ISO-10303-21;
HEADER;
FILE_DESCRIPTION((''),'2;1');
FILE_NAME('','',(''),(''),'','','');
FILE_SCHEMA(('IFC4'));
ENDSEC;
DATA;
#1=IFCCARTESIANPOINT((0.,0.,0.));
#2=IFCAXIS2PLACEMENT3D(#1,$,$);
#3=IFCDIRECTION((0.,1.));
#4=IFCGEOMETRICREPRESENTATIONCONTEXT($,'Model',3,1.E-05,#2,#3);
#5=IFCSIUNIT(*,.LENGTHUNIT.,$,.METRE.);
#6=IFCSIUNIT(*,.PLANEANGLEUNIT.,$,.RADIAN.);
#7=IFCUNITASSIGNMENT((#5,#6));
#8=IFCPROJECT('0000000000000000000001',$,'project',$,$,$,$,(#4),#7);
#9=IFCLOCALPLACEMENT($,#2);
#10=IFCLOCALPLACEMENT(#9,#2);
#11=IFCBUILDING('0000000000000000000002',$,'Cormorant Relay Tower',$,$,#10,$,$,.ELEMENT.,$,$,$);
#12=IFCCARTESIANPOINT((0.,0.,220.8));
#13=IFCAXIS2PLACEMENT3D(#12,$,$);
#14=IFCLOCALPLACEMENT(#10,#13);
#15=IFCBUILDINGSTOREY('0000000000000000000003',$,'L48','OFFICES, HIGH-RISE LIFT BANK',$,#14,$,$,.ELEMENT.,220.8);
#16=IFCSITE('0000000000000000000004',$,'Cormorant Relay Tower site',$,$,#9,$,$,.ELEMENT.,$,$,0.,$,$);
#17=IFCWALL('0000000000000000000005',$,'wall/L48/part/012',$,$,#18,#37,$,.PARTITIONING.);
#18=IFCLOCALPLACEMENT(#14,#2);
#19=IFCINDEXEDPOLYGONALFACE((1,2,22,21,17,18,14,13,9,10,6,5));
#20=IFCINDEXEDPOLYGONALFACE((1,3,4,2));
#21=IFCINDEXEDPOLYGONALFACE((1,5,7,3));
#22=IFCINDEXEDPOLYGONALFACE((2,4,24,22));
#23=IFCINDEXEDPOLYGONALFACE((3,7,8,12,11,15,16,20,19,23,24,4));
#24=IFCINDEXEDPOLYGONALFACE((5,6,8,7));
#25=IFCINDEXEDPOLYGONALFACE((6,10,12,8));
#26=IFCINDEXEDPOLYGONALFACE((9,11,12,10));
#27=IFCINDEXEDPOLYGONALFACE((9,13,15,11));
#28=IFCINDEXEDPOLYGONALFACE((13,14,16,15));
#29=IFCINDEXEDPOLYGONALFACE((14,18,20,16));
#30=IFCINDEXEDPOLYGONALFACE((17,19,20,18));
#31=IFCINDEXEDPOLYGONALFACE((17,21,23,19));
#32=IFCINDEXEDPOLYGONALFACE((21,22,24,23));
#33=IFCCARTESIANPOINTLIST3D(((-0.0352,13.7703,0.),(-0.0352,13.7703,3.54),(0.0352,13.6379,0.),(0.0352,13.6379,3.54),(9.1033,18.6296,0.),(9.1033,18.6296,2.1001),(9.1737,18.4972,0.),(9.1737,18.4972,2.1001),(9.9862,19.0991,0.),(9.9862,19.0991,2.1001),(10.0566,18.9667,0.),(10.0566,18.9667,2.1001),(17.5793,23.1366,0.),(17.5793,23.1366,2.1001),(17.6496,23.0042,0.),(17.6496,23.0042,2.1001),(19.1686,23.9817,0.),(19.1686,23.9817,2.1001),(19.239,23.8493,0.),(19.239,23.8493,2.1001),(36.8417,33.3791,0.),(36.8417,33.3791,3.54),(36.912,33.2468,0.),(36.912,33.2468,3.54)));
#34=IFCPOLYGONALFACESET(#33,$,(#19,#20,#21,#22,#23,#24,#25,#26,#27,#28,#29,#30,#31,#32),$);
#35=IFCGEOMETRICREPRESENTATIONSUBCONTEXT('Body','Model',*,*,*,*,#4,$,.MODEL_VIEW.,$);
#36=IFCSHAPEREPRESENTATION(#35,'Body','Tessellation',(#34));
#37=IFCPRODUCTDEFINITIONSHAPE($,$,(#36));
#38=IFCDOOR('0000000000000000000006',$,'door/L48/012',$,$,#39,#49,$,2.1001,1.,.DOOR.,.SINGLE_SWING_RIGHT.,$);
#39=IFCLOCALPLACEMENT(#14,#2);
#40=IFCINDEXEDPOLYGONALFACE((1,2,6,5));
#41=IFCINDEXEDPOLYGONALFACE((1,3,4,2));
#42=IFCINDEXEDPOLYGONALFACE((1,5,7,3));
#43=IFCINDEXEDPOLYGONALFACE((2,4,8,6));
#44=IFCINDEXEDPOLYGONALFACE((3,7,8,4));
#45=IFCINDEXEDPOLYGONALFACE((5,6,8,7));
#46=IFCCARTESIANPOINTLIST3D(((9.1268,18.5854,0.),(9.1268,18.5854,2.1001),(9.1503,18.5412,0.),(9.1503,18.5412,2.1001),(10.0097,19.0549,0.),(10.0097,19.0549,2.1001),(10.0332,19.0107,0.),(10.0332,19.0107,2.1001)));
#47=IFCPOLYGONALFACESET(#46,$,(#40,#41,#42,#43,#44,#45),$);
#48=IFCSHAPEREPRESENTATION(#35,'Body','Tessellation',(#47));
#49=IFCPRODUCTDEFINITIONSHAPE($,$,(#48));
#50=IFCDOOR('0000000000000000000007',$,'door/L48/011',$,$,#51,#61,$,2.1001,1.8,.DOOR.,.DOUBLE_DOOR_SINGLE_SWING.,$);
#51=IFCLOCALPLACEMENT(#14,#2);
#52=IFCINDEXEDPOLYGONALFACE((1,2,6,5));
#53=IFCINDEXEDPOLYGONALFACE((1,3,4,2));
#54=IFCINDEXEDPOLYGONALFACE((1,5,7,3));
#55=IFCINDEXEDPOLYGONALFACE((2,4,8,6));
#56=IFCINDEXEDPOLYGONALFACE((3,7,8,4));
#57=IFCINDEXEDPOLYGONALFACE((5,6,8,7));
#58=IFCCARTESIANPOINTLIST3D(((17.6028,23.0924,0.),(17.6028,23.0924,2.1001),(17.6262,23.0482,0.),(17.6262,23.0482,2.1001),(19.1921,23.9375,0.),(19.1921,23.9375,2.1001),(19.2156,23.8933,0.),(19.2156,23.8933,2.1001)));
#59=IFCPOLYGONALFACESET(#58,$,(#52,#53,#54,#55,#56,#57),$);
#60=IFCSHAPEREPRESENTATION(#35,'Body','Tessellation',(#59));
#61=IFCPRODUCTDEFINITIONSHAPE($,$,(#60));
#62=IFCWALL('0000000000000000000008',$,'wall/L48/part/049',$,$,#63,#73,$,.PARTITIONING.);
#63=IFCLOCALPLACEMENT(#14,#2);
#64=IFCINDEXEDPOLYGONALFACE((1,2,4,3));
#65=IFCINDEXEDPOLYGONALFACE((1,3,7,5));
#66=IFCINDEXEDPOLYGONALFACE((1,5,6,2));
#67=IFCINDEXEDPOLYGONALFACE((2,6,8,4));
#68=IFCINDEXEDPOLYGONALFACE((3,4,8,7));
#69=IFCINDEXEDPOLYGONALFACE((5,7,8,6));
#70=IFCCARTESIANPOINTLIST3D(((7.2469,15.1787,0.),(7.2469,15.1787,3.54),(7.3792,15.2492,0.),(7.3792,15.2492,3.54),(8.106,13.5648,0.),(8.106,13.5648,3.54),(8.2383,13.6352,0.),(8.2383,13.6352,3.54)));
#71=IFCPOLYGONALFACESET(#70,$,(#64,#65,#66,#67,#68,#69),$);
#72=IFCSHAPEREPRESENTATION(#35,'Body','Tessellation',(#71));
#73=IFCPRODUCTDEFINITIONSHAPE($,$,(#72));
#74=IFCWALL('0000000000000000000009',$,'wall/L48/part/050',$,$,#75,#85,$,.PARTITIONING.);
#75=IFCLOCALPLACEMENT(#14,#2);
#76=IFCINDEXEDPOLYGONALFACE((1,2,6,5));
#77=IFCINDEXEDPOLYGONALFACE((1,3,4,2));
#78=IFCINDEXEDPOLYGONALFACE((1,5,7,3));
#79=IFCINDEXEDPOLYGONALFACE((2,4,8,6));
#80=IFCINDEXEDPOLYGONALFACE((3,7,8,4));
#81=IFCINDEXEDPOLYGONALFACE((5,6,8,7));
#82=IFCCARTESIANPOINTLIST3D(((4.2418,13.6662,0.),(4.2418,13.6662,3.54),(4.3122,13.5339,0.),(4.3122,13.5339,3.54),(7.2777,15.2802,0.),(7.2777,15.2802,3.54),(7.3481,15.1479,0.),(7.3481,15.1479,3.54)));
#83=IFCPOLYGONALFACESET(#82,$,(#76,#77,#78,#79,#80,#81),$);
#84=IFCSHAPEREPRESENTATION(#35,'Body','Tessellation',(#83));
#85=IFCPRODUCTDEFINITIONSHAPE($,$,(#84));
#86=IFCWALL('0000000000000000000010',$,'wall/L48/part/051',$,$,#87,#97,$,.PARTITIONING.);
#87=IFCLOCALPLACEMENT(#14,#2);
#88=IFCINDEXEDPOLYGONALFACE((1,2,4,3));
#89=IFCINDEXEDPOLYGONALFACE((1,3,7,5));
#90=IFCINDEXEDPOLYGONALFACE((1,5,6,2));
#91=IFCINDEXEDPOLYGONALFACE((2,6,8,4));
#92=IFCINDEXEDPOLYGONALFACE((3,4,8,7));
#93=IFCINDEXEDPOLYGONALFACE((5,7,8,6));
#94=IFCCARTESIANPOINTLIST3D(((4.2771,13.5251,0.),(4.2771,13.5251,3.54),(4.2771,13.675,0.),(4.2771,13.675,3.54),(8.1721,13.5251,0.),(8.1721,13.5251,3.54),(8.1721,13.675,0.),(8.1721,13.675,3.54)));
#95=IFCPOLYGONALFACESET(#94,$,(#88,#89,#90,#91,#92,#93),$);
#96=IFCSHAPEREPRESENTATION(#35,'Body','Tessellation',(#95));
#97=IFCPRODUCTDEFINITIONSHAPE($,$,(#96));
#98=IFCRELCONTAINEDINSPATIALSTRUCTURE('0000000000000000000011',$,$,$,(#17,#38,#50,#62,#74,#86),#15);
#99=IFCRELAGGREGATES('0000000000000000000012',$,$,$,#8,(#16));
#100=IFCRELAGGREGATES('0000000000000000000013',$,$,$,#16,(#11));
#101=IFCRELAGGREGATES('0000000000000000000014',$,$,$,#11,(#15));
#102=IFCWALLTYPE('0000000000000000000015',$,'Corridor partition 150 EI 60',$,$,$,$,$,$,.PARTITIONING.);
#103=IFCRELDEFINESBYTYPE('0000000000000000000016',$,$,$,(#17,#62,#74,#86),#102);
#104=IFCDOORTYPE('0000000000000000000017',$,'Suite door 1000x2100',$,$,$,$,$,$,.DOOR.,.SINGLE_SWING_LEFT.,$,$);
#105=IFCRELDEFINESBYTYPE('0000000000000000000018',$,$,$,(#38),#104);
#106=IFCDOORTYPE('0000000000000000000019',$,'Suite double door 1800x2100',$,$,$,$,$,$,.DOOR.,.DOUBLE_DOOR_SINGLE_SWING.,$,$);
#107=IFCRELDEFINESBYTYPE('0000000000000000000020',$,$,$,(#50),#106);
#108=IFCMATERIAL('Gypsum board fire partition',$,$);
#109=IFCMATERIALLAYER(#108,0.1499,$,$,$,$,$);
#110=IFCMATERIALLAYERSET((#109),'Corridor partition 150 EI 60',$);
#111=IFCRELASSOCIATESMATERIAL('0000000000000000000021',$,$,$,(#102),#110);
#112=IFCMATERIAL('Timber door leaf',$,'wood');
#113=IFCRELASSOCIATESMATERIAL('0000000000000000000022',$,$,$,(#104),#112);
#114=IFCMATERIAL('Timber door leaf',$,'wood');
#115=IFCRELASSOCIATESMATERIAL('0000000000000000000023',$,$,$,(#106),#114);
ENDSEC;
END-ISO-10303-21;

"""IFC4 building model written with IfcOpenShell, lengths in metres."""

from ifc_helpers import new_model, si_unit, direction, frame, frame_2d, origin, place, context, subcontext, project, spatial, rectangle, extrude, material, layer, layer_set, type_object, element, fill, save


model = new_model("IFC4")

# Units and contexts
model_context = context("Model", 3, precision=1e-05, world=origin(), true_north=direction((0.0, 1.0)))
body_context = subcontext(model_context, "Body", "Model", "MODEL_VIEW")
ifc_project = project(units=[si_unit("LENGTHUNIT", "METRE"), si_unit("PLANEANGLEUNIT", "RADIAN")], contexts=[model_context])

# Site, building, storey
site_placement = place(None, origin())
site = spatial("IfcSite", under=ifc_project, at=site_placement, Name="Cormorant Relay Tower site", CompositionType="ELEMENT", RefElevation=0.0)
building_placement = place(site_placement, origin())
building = spatial("IfcBuilding", under=site, at=building_placement, Name="Cormorant Relay Tower", CompositionType="ELEMENT")
storey_placement = place(building_placement, frame((0.0, 0.0, 220.8)))
storey = spatial("IfcBuildingStorey", under=building, at=storey_placement, Name="L48", Description="OFFICES, HIGH-RISE LIFT BANK", CompositionType="ELEMENT", Elevation=220.8)

# Wall, openings, doors
ifc_material_1 = material(Name="Gypsum board fire partition")
ifc_layer_1 = layer(ifc_material_1, 0.1499)
ifc_layer_set_1 = layer_set([ifc_layer_1], Name="Corridor partition 150 EI 60")
wall_type_1 = type_object("IfcWallType", Name="Corridor partition 150 EI 60", PredefinedType="PARTITIONING", material=ifc_layer_set_1)
wall_1_placement = place(storey_placement, frame((0.0, 13.7041, 0.0), z_axis=(0.0, 0.0, 1.0), x_axis=(0.882937, 0.469491, 0.0)))
wall_1 = element("IfcWall", 1, at=wall_1_placement, inside=storey, type_object=wall_type_1, Name="wall/L48/part/012", PredefinedType="PARTITIONING", context=body_context, shape_type="SweptSolid", body=[
    extrude(rectangle(XDim=41.7661, YDim=0.1499, at=frame_2d((20.8831, 0.0))), origin(), (0.0, 0.0, 1.0), 3.54),
])
opening_1_placement = place(wall_1_placement, frame((19.95, 0.0, 0.0)))
opening_1 = element("IfcOpeningElement", 2, at=opening_1_placement, cuts=wall_1, PredefinedType="OPENING", context=body_context, shape_type="SweptSolid", body=[
    extrude(rectangle(XDim=1.8, YDim=2.1001, at=frame_2d((0.8999, 1.05))), frame((0.0, 0.085, 0.0), z_axis=(0.0, -1.0, 0.0), x_axis=(1.0, 0.0, 0.0)), (0.0, 0.0, 1.0), 0.1699),
])
opening_2_placement = place(wall_1_placement, frame((10.3501, 0.0, 0.0)))
opening_2 = element("IfcOpeningElement", 3, at=opening_2_placement, cuts=wall_1, PredefinedType="OPENING", context=body_context, shape_type="SweptSolid", body=[
    extrude(rectangle(XDim=1.0, YDim=2.1001, at=frame_2d((0.5, 1.05))), frame((0.0, 0.085, 0.0), z_axis=(0.0, -1.0, 0.0), x_axis=(1.0, 0.0, 0.0)), (0.0, 0.0, 1.0), 0.1699),
])
ifc_material_2 = material(Name="Timber door leaf", Category="wood")
door_type_1 = type_object("IfcDoorType", Name="Suite door 1000x2100", OperationType="SINGLE_SWING_LEFT", PredefinedType="DOOR", material=ifc_material_2)
door_1_placement = place(opening_2_placement, origin())
door_1 = element("IfcDoor", 4, at=door_1_placement, inside=storey, type_object=door_type_1, Name="door/L48/012", OperationType="SINGLE_SWING_RIGHT", OverallHeight=2.1001, OverallWidth=1.0, PredefinedType="DOOR", context=body_context, shape_type="SweptSolid", body=[
    extrude(rectangle(XDim=1.0, YDim=2.1001, at=frame_2d((0.5, 1.05))), frame((0.0, 0.0249, 0.0), z_axis=(0.0, -1.0, 0.0), x_axis=(1.0, 0.0, 0.0)), (0.0, 0.0, 1.0), 0.05),
])
fill(opening_2, door_1)
ifc_material_3 = material(Name="Timber door leaf", Category="wood")
door_type_2 = type_object("IfcDoorType", Name="Suite double door 1800x2100", OperationType="DOUBLE_DOOR_SINGLE_SWING", PredefinedType="DOOR", material=ifc_material_3)
door_2_placement = place(opening_1_placement, origin())
door_2 = element("IfcDoor", 5, at=door_2_placement, inside=storey, type_object=door_type_2, Name="door/L48/011", OperationType="DOUBLE_DOOR_SINGLE_SWING", OverallHeight=2.1001, OverallWidth=1.8, PredefinedType="DOOR", context=body_context, shape_type="SweptSolid", body=[
    extrude(rectangle(XDim=1.8, YDim=2.1001, at=frame_2d((0.8999, 1.05))), frame((0.0, 0.0249, 0.0), z_axis=(0.0, -1.0, 0.0), x_axis=(1.0, 0.0, 0.0)), (0.0, 0.0, 1.0), 0.05),
])
fill(opening_1, door_2)

# Walls
wall_2_placement = place(storey_placement, frame((8.1721, 13.6001, 0.0), z_axis=(0.0, 0.0, 1.0), x_axis=(-0.469874, 0.882733, 0.0)))
element("IfcWall", 6, at=wall_2_placement, inside=storey, type_object=wall_type_1, Name="wall/L48/part/049", PredefinedType="PARTITIONING", context=body_context, shape_type="SweptSolid", body=[
    extrude(rectangle(XDim=1.8284, YDim=0.1499, at=frame_2d((0.9141, 0.0))), origin(), (0.0, 0.0, 1.0), 3.54),
])
wall_3_placement = place(storey_placement, frame((7.313, 15.2141, 0.0), z_axis=(0.0, 0.0, 1.0), x_axis=(-0.882971, -0.469427, 0.0)))
element("IfcWall", 7, at=wall_3_placement, inside=storey, type_object=wall_type_1, Name="wall/L48/part/050", PredefinedType="PARTITIONING", context=body_context, shape_type="SweptSolid", body=[
    extrude(rectangle(XDim=3.4382, YDim=0.1499, at=frame_2d((1.7192, 0.0))), origin(), (0.0, 0.0, 1.0), 3.54),
])
wall_4_placement = place(storey_placement, frame((4.2771, 13.6001, 0.0), z_axis=(0.0, 0.0, 1.0), x_axis=(1.0, 0.0, 0.0)))
element("IfcWall", 8, at=wall_4_placement, inside=storey, type_object=wall_type_1, Name="wall/L48/part/051", PredefinedType="PARTITIONING", context=body_context, shape_type="SweptSolid", body=[
    extrude(rectangle(XDim=3.895, YDim=0.1499, at=frame_2d((1.9475, 0.0))), origin(), (0.0, 0.0, 1.0), 3.54),
])

save(model, "model.ifc")
